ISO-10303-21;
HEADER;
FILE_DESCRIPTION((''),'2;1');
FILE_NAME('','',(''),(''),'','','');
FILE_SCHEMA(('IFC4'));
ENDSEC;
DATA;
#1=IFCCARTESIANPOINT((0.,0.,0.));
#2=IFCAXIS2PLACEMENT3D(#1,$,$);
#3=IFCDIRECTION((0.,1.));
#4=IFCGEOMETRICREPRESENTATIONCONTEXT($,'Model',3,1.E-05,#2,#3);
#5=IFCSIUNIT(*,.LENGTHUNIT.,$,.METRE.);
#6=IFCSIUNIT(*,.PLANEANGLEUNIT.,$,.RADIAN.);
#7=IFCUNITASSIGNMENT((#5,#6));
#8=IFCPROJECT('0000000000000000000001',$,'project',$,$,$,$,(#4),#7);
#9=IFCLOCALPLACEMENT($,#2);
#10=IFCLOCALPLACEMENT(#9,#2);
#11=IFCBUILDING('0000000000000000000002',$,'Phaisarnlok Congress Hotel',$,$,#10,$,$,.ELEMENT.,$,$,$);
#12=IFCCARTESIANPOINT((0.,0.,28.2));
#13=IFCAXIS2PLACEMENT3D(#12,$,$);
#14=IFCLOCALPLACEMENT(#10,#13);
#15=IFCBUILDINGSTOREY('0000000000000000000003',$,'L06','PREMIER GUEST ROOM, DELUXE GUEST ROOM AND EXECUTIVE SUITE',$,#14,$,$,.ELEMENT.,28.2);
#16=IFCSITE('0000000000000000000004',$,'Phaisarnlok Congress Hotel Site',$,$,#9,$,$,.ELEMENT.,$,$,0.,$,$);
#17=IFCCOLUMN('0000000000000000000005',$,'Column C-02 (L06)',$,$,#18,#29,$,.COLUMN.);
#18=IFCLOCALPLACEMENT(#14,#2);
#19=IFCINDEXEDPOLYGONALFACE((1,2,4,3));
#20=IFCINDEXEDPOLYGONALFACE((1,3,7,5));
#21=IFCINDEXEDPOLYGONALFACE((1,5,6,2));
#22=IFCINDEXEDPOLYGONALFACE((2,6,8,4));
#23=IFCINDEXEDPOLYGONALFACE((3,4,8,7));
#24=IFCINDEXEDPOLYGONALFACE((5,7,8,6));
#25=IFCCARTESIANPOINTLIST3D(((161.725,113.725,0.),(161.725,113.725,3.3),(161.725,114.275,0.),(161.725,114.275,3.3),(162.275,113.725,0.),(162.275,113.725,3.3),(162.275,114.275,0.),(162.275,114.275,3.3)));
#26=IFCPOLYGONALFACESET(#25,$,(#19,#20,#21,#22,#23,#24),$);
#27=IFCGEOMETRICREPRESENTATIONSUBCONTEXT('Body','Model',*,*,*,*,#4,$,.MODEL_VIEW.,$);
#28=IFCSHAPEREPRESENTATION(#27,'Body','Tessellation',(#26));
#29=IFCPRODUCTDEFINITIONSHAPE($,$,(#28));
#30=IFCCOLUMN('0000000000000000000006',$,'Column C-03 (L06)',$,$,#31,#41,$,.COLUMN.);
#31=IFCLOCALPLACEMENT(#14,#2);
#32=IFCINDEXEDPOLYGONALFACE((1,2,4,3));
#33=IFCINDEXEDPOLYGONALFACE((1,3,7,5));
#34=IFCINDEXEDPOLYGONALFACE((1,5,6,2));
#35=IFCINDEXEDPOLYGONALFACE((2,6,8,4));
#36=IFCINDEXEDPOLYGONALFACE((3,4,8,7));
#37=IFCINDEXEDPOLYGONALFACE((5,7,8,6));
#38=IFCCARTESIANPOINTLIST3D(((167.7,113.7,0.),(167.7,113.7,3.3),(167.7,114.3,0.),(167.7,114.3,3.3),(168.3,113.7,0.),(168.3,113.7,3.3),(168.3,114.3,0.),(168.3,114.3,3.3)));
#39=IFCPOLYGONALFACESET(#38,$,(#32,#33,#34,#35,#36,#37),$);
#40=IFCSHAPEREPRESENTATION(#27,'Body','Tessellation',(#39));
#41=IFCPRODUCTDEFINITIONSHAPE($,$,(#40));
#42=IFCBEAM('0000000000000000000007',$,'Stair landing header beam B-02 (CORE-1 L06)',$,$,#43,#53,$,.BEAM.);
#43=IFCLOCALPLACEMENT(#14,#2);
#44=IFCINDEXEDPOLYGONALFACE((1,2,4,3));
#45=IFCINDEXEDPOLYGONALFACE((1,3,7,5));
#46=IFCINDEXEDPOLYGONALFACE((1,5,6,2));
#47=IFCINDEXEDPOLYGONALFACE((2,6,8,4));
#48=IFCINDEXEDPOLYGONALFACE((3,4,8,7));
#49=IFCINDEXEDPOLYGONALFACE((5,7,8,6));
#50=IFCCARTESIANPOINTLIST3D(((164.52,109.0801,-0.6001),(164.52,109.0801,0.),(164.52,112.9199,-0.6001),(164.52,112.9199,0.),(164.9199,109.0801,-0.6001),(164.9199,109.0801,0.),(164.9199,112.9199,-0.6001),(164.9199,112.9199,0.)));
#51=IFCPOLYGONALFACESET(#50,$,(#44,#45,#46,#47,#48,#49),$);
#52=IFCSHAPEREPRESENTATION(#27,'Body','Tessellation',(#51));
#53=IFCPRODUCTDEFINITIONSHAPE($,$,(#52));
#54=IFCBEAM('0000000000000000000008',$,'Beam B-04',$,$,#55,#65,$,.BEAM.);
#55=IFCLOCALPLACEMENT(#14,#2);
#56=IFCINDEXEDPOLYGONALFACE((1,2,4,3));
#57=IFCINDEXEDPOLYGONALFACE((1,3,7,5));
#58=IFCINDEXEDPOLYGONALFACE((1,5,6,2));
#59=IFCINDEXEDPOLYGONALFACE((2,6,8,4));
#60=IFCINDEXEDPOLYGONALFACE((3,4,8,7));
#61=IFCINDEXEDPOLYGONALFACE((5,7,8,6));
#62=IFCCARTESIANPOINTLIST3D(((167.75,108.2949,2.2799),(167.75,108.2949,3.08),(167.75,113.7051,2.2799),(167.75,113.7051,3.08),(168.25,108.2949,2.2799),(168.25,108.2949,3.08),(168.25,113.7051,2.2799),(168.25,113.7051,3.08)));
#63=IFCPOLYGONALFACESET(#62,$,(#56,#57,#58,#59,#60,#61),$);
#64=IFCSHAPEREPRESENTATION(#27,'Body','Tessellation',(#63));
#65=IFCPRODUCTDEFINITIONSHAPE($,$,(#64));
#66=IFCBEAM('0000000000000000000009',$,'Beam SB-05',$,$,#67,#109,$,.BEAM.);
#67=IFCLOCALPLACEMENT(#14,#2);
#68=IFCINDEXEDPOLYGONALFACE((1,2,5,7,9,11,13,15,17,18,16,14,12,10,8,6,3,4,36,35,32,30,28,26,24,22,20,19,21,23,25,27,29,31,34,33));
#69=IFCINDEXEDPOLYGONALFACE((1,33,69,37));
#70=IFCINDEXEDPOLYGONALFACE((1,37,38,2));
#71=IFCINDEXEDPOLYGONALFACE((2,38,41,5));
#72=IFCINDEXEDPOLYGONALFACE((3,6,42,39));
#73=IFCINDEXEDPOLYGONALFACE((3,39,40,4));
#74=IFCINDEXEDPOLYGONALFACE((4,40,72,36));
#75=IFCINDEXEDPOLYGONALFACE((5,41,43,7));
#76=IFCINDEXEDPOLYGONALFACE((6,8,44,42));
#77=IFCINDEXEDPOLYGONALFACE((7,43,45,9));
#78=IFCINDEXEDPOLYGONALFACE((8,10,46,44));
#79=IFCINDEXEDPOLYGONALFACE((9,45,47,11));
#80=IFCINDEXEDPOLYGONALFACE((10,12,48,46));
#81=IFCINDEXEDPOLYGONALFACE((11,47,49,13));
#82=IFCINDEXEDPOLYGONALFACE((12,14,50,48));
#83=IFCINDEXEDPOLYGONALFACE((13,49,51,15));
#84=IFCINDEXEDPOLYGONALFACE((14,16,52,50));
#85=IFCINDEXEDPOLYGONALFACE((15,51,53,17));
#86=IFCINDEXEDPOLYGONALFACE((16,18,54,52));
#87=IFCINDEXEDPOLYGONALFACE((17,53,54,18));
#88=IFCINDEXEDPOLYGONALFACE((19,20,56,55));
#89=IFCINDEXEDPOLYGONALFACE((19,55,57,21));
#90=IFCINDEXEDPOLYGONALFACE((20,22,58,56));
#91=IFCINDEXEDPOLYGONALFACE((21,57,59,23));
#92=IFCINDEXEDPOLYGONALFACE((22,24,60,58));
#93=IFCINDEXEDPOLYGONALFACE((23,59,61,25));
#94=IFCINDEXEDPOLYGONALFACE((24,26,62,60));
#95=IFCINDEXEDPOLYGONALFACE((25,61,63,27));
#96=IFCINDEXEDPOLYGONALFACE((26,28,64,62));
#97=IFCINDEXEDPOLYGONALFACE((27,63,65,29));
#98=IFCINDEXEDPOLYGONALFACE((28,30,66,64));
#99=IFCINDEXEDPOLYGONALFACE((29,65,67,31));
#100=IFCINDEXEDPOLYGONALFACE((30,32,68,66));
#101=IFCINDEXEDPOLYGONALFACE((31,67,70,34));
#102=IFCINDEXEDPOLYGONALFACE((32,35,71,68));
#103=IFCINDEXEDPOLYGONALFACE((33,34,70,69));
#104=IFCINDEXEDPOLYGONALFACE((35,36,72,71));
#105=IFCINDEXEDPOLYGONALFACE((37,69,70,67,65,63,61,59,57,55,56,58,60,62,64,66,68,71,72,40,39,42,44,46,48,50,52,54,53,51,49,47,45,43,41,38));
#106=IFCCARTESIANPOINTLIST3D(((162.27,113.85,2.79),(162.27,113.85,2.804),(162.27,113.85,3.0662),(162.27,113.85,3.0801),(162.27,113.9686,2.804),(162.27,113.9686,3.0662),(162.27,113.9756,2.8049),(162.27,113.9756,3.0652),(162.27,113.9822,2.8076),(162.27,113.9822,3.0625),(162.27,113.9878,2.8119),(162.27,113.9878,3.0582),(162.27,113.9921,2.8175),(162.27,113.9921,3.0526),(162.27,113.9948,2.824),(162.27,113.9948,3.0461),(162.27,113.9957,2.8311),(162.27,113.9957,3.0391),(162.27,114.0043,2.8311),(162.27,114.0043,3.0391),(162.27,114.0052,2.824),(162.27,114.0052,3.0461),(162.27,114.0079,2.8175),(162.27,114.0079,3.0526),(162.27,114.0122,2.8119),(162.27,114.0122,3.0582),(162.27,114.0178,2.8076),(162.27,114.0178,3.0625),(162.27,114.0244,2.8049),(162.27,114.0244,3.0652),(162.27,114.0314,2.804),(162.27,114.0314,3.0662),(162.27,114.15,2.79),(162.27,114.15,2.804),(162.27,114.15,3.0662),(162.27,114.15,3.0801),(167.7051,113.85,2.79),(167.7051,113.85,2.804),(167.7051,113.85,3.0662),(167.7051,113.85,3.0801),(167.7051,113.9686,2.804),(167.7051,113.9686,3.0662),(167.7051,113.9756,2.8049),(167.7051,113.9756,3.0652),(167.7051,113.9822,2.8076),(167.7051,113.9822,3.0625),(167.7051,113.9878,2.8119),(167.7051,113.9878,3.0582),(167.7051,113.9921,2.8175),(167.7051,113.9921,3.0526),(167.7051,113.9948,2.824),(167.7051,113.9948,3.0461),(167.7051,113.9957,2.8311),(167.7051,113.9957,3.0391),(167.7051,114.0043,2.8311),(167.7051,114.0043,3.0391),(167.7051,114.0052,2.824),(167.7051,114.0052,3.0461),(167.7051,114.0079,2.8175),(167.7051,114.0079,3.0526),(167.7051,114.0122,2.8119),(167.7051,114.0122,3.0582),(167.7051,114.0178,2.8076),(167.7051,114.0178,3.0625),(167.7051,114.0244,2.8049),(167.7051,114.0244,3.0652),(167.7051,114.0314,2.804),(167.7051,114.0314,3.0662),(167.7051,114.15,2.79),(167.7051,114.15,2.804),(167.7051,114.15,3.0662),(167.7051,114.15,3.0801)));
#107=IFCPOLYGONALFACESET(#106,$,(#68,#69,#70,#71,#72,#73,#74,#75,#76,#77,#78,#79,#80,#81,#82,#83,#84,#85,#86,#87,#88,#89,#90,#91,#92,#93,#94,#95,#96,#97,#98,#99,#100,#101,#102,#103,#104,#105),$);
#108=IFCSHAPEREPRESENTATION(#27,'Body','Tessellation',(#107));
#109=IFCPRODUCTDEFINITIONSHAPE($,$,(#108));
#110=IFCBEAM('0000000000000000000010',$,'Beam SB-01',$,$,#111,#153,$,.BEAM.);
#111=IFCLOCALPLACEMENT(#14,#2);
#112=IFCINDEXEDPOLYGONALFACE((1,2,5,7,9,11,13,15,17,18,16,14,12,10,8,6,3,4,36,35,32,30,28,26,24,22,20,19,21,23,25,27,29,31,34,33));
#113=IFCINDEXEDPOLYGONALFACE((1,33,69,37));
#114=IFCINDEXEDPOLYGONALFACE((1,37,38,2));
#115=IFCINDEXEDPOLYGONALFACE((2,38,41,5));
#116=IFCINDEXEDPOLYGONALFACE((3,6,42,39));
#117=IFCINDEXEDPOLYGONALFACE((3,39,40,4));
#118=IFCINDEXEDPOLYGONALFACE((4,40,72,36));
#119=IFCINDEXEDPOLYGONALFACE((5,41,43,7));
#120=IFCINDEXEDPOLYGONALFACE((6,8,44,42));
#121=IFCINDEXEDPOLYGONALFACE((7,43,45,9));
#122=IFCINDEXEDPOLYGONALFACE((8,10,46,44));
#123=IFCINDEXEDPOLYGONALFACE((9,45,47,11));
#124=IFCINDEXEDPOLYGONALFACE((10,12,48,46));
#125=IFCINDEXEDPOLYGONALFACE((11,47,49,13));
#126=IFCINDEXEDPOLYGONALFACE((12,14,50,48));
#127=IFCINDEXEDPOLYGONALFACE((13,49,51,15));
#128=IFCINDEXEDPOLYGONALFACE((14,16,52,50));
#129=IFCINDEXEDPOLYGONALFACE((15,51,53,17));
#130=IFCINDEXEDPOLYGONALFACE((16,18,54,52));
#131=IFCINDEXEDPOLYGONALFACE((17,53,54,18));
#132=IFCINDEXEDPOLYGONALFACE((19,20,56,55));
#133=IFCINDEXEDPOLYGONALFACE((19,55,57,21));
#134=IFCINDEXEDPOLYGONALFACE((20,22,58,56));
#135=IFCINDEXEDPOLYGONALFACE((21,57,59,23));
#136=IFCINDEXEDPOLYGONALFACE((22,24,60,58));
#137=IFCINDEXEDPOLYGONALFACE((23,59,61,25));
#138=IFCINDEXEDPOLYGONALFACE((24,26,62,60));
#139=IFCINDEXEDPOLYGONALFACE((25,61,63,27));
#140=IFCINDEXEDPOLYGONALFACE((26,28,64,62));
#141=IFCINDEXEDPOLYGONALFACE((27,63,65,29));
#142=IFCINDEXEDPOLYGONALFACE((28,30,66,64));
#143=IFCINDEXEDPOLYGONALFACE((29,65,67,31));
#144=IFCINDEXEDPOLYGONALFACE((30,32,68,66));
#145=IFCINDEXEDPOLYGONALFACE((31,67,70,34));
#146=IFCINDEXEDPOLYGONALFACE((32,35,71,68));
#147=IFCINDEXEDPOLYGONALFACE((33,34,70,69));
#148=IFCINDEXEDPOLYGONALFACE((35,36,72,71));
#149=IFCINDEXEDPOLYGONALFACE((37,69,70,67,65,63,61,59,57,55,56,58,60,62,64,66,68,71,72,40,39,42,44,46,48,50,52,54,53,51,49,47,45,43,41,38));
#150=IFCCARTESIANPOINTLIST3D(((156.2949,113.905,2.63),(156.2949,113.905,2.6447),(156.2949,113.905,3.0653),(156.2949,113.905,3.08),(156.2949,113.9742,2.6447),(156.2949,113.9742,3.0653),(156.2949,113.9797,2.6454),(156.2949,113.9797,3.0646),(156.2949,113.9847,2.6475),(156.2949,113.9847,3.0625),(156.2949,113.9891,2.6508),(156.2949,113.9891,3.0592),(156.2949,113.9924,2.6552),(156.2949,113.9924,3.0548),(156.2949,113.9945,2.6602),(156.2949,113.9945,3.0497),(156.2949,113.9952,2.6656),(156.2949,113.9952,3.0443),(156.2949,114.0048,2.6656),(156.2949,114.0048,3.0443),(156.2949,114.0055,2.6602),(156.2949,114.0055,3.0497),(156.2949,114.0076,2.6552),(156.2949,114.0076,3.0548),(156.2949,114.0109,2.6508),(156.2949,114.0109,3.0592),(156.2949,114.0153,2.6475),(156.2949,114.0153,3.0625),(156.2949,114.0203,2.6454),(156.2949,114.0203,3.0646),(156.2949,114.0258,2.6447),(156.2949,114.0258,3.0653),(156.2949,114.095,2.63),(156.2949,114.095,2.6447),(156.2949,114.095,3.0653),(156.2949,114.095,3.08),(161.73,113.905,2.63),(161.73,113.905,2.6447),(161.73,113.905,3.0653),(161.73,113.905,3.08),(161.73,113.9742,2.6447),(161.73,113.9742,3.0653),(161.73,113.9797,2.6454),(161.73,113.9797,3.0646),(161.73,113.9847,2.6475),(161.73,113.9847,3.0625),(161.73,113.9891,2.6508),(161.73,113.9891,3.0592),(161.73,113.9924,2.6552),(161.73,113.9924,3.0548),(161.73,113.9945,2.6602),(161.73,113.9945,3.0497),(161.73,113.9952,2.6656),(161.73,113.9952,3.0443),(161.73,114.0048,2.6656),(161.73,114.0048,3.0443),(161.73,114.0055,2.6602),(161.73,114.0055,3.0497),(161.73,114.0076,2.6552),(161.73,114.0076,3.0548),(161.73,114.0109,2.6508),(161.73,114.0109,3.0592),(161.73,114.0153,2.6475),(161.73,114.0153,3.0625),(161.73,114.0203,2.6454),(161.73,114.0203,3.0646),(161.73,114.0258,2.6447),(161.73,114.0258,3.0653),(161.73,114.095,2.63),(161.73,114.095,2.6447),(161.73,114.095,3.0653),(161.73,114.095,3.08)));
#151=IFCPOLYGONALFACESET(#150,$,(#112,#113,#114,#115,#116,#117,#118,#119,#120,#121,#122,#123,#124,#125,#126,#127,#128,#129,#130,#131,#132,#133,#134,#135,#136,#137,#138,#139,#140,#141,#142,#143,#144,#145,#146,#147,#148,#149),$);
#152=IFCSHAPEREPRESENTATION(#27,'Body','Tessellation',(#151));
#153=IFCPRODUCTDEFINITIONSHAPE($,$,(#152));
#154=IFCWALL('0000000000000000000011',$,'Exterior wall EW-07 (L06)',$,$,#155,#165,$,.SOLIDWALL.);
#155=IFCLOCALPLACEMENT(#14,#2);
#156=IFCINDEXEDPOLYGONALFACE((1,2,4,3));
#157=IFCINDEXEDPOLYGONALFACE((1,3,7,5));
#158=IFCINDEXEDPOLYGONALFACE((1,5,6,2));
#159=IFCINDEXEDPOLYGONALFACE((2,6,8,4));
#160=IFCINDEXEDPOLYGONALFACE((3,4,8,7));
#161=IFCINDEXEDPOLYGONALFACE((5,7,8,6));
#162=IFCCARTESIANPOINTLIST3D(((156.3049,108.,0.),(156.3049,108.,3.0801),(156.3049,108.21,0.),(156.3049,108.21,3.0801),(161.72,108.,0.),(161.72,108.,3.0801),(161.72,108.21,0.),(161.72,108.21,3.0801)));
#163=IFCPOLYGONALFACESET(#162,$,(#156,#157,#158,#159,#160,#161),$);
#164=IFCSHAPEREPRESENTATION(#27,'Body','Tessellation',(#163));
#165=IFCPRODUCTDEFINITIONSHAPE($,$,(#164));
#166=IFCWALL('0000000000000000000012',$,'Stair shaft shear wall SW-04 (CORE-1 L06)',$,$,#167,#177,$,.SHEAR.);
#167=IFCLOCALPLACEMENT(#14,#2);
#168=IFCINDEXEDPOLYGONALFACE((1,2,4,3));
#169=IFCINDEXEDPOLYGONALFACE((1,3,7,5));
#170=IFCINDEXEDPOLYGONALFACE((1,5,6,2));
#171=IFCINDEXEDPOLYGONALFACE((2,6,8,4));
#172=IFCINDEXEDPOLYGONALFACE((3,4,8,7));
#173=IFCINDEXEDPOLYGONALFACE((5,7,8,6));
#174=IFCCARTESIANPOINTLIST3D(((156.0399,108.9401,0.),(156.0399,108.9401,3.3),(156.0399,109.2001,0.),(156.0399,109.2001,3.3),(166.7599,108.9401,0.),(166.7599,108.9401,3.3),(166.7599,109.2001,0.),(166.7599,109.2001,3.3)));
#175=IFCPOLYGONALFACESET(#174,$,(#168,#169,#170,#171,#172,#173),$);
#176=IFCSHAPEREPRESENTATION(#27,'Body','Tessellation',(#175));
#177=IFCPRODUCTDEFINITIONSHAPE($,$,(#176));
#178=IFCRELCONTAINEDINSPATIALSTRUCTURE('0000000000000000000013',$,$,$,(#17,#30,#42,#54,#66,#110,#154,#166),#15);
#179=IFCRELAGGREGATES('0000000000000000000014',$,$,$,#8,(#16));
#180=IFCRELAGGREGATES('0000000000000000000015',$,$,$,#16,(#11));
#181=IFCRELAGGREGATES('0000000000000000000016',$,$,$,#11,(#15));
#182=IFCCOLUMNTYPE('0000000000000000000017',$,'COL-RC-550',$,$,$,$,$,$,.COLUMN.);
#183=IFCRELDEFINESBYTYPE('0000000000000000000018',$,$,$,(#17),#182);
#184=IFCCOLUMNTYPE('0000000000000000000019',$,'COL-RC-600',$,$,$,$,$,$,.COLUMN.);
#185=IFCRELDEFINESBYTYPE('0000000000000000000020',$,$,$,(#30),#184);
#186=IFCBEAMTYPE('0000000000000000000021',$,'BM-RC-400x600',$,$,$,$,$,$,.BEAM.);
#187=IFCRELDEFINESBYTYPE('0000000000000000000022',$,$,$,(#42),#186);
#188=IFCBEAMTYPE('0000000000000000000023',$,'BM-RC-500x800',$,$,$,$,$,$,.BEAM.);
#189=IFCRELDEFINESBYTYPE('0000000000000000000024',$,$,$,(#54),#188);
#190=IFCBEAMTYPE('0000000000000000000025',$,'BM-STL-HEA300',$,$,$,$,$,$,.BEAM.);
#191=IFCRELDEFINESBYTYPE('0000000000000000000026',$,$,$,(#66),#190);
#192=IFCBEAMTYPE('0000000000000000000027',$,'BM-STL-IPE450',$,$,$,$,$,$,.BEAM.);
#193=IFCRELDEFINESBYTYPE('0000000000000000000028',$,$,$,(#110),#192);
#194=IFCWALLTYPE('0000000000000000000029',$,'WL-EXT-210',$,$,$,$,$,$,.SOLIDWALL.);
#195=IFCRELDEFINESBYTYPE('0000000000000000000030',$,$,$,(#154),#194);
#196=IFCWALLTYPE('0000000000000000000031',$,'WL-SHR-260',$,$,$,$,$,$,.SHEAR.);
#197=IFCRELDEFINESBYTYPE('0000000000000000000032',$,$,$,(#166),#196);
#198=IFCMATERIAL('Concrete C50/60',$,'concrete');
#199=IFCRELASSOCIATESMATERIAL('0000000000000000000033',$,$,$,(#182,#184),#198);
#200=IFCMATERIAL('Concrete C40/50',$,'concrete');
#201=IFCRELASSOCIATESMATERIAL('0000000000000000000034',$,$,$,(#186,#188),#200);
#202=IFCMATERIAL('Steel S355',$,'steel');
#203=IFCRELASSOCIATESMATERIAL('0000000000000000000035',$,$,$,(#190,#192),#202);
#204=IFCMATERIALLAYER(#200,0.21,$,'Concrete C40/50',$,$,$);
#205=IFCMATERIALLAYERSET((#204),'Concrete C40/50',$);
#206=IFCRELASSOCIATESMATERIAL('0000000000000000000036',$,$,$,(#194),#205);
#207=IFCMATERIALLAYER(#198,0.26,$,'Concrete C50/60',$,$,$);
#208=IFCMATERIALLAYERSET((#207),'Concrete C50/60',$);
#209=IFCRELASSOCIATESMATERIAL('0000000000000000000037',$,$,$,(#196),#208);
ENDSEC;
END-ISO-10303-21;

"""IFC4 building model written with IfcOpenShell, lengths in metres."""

from ifc_helpers import new_model, si_unit, direction, frame, frame_2d, origin, origin_2d, place, context, subcontext, project, spatial, rectangle, i_section, extrude, material, layer, layer_set, material_profile, profile_set, type_object, element, save


model = new_model("IFC4")

# Units and contexts
model_context = context("Model", 3, precision=1e-05, world=origin(), true_north=direction((0.0, 1.0)))
body_context = subcontext(model_context, "Body", "Model", "MODEL_VIEW")
ifc_project = project(units=[si_unit("LENGTHUNIT", "METRE"), si_unit("PLANEANGLEUNIT", "RADIAN")], contexts=[model_context])

# Site, building, storey
site_placement = place(None, origin())
site = spatial("IfcSite", under=ifc_project, at=site_placement, Name="Phaisarnlok Congress Hotel Site", CompositionType="ELEMENT", RefElevation=0.0)
building_placement = place(site_placement, origin())
building = spatial("IfcBuilding", under=site, at=building_placement, Name="Phaisarnlok Congress Hotel", CompositionType="ELEMENT")
storey_placement = place(building_placement, frame((0.0, 0.0, 28.2)))
storey = spatial("IfcBuildingStorey", under=building, at=storey_placement, Name="L06", Description="PREMIER GUEST ROOM, DELUXE GUEST ROOM AND EXECUTIVE SUITE", CompositionType="ELEMENT", Elevation=28.2)

# Columns
ifc_material_1 = material(Name="Concrete C50/60", Category="concrete")
ifc_material_profile_1 = material_profile(ifc_material_1, rectangle(XDim=0.55, YDim=0.55, at=origin_2d()), Name="RC 550x550")
ifc_profile_set_1 = profile_set([ifc_material_profile_1], Name="Concrete C50/60")
column_type_1 = type_object("IfcColumnType", Name="COL-RC-550", PredefinedType="COLUMN", material=ifc_profile_set_1)
column_1_placement = place(storey_placement, frame((162.0, 114.0, 0.0), z_axis=(0.0, 0.0, 1.0), x_axis=(1.0, 0.0, 0.0)))
element("IfcColumn", 1, at=column_1_placement, inside=storey, type_object=column_type_1, Name="Column C-02 (L06)", PredefinedType="COLUMN", context=body_context, shape_type="SweptSolid", body=[
    extrude(rectangle(XDim=0.55, YDim=0.55, at=origin_2d()), origin(), (0.0, 0.0, 1.0), 3.3),
])
ifc_material_profile_2 = material_profile(ifc_material_1, rectangle(XDim=0.6001, YDim=0.6001, at=origin_2d()), Name="RC 600x600")
ifc_profile_set_2 = profile_set([ifc_material_profile_2], Name="Concrete C50/60")
column_type_2 = type_object("IfcColumnType", Name="COL-RC-600", PredefinedType="COLUMN", material=ifc_profile_set_2)
column_2_placement = place(storey_placement, frame((168.0, 114.0, 0.0), z_axis=(0.0, 0.0, 1.0), x_axis=(1.0, 0.0, 0.0)))
element("IfcColumn", 2, at=column_2_placement, inside=storey, type_object=column_type_2, Name="Column C-03 (L06)", PredefinedType="COLUMN", context=body_context, shape_type="SweptSolid", body=[
    extrude(rectangle(XDim=0.6001, YDim=0.6001, at=origin_2d()), origin(), (0.0, 0.0, 1.0), 3.3),
])

# Beams
ifc_material_2 = material(Name="Concrete C40/50", Category="concrete")
ifc_material_profile_3 = material_profile(ifc_material_2, rectangle(XDim=0.3999, YDim=0.6001, at=origin_2d()), Name="RC 400x600")
ifc_profile_set_3 = profile_set([ifc_material_profile_3], Name="Concrete C40/50")
beam_type_1 = type_object("IfcBeamType", Name="BM-RC-400x600", PredefinedType="BEAM", material=ifc_profile_set_3)
beam_1_placement = place(storey_placement, frame((164.72, 109.0801, -0.3), z_axis=(0.0, 1.0, 0.0), x_axis=(-1.0, 0.0, 0.0)))
element("IfcBeam", 3, at=beam_1_placement, inside=storey, type_object=beam_type_1, Name="Stair landing header beam B-02 (CORE-1 L06)", PredefinedType="BEAM", context=body_context, shape_type="SweptSolid", body=[
    extrude(rectangle(XDim=0.3999, YDim=0.6001, at=origin_2d()), origin(), (0.0, 0.0, 1.0), 3.8398),
])
ifc_material_profile_4 = material_profile(ifc_material_2, rectangle(XDim=0.5, YDim=0.8, at=origin_2d()), Name="RC 500x800")
ifc_profile_set_4 = profile_set([ifc_material_profile_4], Name="Concrete C40/50")
beam_type_2 = type_object("IfcBeamType", Name="BM-RC-500x800", PredefinedType="BEAM", material=ifc_profile_set_4)
beam_2_placement = place(storey_placement, frame((168.0, 108.2949, 2.6799), z_axis=(0.0, 1.0, 0.0), x_axis=(-1.0, 0.0, 0.0)))
element("IfcBeam", 4, at=beam_2_placement, inside=storey, type_object=beam_type_2, Name="Beam B-04", PredefinedType="BEAM", context=body_context, shape_type="SweptSolid", body=[
    extrude(rectangle(XDim=0.5, YDim=0.8, at=origin_2d()), origin(), (0.0, 0.0, 1.0), 5.4102),
])
ifc_material_3 = material(Name="Steel S355", Category="steel")
ifc_material_profile_5 = material_profile(ifc_material_3, i_section(OverallWidth=0.3, OverallDepth=0.29, WebThickness=0.0085, FlangeThickness=0.0139, FilletRadius=0.0271, at=origin_2d()), Name="HEA 300")
ifc_profile_set_5 = profile_set([ifc_material_profile_5], Name="Steel S355")
beam_type_3 = type_object("IfcBeamType", Name="BM-STL-HEA300", PredefinedType="BEAM", material=ifc_profile_set_5)
beam_3_placement = place(storey_placement, frame((162.27, 114.0, 2.9351), z_axis=(1.0, 0.0, 0.0), x_axis=(0.0, 1.0, 0.0)))
element("IfcBeam", 5, at=beam_3_placement, inside=storey, type_object=beam_type_3, Name="Beam SB-05", PredefinedType="BEAM", context=body_context, shape_type="SweptSolid", body=[
    extrude(i_section(OverallWidth=0.3, OverallDepth=0.29, WebThickness=0.0085, FlangeThickness=0.0139, FilletRadius=0.0271, at=origin_2d()), origin(), (0.0, 0.0, 1.0), 5.4351),
])
ifc_material_profile_6 = material_profile(ifc_material_3, i_section(OverallWidth=0.1899, OverallDepth=0.45, WebThickness=0.0095, FlangeThickness=0.0146, FilletRadius=0.021, at=origin_2d()), Name="IPE 450")
ifc_profile_set_6 = profile_set([ifc_material_profile_6], Name="Steel S355")
beam_type_4 = type_object("IfcBeamType", Name="BM-STL-IPE450", PredefinedType="BEAM", material=ifc_profile_set_6)
beam_4_placement = place(storey_placement, frame((156.2949, 114.0, 2.855), z_axis=(1.0, 0.0, 0.0), x_axis=(0.0, 1.0, 0.0)))
element("IfcBeam", 6, at=beam_4_placement, inside=storey, type_object=beam_type_4, Name="Beam SB-01", PredefinedType="BEAM", context=body_context, shape_type="SweptSolid", body=[
    extrude(i_section(OverallWidth=0.1899, OverallDepth=0.45, WebThickness=0.0095, FlangeThickness=0.0146, FilletRadius=0.021, at=origin_2d()), origin(), (0.0, 0.0, 1.0), 5.4351),
])

# Walls
ifc_layer_1 = layer(ifc_material_2, 0.21, Name="Concrete C40/50")
ifc_layer_set_1 = layer_set([ifc_layer_1], Name="Concrete C40/50")
wall_type_1 = type_object("IfcWallType", Name="WL-EXT-210", PredefinedType="SOLIDWALL", material=ifc_layer_set_1)
wall_1_placement = place(storey_placement, frame((156.3049, 108.105, 0.0), z_axis=(0.0, 0.0, 1.0), x_axis=(1.0, 0.0, 0.0)))
element("IfcWall", 7, at=wall_1_placement, inside=storey, type_object=wall_type_1, Name="Exterior wall EW-07 (L06)", PredefinedType="SOLIDWALL", context=body_context, shape_type="SweptSolid", body=[
    extrude(rectangle(XDim=5.415, YDim=0.21, at=frame_2d((2.7075, 0.0))), origin(), (0.0, 0.0, 1.0), 3.0801),
])
ifc_layer_2 = layer(ifc_material_1, 0.26, Name="Concrete C50/60")
ifc_layer_set_2 = layer_set([ifc_layer_2], Name="Concrete C50/60")
wall_type_2 = type_object("IfcWallType", Name="WL-SHR-260", PredefinedType="SHEAR", material=ifc_layer_set_2)
for number, where, z_axis, x_axis, name in (
    (8, (156.04, 109.0701, 0.0), (0.0, 0.0, 1.0), (1.0, 0.0, 0.0), "Stair shaft shear wall SW-04 (CORE-1 L06)"),
):
    element("IfcWall", number, at=place(storey_placement, frame(where, z_axis=z_axis, x_axis=x_axis)), inside=storey, type_object=wall_type_2, Name=name, PredefinedType="SHEAR", context=body_context, shape_type="SweptSolid", body=[
        extrude(rectangle(XDim=10.72, YDim=0.26, at=frame_2d((5.3599, 0.0))), origin(), (0.0, 0.0, 1.0), 3.3),
    ])

save(model, "model.ifc")
